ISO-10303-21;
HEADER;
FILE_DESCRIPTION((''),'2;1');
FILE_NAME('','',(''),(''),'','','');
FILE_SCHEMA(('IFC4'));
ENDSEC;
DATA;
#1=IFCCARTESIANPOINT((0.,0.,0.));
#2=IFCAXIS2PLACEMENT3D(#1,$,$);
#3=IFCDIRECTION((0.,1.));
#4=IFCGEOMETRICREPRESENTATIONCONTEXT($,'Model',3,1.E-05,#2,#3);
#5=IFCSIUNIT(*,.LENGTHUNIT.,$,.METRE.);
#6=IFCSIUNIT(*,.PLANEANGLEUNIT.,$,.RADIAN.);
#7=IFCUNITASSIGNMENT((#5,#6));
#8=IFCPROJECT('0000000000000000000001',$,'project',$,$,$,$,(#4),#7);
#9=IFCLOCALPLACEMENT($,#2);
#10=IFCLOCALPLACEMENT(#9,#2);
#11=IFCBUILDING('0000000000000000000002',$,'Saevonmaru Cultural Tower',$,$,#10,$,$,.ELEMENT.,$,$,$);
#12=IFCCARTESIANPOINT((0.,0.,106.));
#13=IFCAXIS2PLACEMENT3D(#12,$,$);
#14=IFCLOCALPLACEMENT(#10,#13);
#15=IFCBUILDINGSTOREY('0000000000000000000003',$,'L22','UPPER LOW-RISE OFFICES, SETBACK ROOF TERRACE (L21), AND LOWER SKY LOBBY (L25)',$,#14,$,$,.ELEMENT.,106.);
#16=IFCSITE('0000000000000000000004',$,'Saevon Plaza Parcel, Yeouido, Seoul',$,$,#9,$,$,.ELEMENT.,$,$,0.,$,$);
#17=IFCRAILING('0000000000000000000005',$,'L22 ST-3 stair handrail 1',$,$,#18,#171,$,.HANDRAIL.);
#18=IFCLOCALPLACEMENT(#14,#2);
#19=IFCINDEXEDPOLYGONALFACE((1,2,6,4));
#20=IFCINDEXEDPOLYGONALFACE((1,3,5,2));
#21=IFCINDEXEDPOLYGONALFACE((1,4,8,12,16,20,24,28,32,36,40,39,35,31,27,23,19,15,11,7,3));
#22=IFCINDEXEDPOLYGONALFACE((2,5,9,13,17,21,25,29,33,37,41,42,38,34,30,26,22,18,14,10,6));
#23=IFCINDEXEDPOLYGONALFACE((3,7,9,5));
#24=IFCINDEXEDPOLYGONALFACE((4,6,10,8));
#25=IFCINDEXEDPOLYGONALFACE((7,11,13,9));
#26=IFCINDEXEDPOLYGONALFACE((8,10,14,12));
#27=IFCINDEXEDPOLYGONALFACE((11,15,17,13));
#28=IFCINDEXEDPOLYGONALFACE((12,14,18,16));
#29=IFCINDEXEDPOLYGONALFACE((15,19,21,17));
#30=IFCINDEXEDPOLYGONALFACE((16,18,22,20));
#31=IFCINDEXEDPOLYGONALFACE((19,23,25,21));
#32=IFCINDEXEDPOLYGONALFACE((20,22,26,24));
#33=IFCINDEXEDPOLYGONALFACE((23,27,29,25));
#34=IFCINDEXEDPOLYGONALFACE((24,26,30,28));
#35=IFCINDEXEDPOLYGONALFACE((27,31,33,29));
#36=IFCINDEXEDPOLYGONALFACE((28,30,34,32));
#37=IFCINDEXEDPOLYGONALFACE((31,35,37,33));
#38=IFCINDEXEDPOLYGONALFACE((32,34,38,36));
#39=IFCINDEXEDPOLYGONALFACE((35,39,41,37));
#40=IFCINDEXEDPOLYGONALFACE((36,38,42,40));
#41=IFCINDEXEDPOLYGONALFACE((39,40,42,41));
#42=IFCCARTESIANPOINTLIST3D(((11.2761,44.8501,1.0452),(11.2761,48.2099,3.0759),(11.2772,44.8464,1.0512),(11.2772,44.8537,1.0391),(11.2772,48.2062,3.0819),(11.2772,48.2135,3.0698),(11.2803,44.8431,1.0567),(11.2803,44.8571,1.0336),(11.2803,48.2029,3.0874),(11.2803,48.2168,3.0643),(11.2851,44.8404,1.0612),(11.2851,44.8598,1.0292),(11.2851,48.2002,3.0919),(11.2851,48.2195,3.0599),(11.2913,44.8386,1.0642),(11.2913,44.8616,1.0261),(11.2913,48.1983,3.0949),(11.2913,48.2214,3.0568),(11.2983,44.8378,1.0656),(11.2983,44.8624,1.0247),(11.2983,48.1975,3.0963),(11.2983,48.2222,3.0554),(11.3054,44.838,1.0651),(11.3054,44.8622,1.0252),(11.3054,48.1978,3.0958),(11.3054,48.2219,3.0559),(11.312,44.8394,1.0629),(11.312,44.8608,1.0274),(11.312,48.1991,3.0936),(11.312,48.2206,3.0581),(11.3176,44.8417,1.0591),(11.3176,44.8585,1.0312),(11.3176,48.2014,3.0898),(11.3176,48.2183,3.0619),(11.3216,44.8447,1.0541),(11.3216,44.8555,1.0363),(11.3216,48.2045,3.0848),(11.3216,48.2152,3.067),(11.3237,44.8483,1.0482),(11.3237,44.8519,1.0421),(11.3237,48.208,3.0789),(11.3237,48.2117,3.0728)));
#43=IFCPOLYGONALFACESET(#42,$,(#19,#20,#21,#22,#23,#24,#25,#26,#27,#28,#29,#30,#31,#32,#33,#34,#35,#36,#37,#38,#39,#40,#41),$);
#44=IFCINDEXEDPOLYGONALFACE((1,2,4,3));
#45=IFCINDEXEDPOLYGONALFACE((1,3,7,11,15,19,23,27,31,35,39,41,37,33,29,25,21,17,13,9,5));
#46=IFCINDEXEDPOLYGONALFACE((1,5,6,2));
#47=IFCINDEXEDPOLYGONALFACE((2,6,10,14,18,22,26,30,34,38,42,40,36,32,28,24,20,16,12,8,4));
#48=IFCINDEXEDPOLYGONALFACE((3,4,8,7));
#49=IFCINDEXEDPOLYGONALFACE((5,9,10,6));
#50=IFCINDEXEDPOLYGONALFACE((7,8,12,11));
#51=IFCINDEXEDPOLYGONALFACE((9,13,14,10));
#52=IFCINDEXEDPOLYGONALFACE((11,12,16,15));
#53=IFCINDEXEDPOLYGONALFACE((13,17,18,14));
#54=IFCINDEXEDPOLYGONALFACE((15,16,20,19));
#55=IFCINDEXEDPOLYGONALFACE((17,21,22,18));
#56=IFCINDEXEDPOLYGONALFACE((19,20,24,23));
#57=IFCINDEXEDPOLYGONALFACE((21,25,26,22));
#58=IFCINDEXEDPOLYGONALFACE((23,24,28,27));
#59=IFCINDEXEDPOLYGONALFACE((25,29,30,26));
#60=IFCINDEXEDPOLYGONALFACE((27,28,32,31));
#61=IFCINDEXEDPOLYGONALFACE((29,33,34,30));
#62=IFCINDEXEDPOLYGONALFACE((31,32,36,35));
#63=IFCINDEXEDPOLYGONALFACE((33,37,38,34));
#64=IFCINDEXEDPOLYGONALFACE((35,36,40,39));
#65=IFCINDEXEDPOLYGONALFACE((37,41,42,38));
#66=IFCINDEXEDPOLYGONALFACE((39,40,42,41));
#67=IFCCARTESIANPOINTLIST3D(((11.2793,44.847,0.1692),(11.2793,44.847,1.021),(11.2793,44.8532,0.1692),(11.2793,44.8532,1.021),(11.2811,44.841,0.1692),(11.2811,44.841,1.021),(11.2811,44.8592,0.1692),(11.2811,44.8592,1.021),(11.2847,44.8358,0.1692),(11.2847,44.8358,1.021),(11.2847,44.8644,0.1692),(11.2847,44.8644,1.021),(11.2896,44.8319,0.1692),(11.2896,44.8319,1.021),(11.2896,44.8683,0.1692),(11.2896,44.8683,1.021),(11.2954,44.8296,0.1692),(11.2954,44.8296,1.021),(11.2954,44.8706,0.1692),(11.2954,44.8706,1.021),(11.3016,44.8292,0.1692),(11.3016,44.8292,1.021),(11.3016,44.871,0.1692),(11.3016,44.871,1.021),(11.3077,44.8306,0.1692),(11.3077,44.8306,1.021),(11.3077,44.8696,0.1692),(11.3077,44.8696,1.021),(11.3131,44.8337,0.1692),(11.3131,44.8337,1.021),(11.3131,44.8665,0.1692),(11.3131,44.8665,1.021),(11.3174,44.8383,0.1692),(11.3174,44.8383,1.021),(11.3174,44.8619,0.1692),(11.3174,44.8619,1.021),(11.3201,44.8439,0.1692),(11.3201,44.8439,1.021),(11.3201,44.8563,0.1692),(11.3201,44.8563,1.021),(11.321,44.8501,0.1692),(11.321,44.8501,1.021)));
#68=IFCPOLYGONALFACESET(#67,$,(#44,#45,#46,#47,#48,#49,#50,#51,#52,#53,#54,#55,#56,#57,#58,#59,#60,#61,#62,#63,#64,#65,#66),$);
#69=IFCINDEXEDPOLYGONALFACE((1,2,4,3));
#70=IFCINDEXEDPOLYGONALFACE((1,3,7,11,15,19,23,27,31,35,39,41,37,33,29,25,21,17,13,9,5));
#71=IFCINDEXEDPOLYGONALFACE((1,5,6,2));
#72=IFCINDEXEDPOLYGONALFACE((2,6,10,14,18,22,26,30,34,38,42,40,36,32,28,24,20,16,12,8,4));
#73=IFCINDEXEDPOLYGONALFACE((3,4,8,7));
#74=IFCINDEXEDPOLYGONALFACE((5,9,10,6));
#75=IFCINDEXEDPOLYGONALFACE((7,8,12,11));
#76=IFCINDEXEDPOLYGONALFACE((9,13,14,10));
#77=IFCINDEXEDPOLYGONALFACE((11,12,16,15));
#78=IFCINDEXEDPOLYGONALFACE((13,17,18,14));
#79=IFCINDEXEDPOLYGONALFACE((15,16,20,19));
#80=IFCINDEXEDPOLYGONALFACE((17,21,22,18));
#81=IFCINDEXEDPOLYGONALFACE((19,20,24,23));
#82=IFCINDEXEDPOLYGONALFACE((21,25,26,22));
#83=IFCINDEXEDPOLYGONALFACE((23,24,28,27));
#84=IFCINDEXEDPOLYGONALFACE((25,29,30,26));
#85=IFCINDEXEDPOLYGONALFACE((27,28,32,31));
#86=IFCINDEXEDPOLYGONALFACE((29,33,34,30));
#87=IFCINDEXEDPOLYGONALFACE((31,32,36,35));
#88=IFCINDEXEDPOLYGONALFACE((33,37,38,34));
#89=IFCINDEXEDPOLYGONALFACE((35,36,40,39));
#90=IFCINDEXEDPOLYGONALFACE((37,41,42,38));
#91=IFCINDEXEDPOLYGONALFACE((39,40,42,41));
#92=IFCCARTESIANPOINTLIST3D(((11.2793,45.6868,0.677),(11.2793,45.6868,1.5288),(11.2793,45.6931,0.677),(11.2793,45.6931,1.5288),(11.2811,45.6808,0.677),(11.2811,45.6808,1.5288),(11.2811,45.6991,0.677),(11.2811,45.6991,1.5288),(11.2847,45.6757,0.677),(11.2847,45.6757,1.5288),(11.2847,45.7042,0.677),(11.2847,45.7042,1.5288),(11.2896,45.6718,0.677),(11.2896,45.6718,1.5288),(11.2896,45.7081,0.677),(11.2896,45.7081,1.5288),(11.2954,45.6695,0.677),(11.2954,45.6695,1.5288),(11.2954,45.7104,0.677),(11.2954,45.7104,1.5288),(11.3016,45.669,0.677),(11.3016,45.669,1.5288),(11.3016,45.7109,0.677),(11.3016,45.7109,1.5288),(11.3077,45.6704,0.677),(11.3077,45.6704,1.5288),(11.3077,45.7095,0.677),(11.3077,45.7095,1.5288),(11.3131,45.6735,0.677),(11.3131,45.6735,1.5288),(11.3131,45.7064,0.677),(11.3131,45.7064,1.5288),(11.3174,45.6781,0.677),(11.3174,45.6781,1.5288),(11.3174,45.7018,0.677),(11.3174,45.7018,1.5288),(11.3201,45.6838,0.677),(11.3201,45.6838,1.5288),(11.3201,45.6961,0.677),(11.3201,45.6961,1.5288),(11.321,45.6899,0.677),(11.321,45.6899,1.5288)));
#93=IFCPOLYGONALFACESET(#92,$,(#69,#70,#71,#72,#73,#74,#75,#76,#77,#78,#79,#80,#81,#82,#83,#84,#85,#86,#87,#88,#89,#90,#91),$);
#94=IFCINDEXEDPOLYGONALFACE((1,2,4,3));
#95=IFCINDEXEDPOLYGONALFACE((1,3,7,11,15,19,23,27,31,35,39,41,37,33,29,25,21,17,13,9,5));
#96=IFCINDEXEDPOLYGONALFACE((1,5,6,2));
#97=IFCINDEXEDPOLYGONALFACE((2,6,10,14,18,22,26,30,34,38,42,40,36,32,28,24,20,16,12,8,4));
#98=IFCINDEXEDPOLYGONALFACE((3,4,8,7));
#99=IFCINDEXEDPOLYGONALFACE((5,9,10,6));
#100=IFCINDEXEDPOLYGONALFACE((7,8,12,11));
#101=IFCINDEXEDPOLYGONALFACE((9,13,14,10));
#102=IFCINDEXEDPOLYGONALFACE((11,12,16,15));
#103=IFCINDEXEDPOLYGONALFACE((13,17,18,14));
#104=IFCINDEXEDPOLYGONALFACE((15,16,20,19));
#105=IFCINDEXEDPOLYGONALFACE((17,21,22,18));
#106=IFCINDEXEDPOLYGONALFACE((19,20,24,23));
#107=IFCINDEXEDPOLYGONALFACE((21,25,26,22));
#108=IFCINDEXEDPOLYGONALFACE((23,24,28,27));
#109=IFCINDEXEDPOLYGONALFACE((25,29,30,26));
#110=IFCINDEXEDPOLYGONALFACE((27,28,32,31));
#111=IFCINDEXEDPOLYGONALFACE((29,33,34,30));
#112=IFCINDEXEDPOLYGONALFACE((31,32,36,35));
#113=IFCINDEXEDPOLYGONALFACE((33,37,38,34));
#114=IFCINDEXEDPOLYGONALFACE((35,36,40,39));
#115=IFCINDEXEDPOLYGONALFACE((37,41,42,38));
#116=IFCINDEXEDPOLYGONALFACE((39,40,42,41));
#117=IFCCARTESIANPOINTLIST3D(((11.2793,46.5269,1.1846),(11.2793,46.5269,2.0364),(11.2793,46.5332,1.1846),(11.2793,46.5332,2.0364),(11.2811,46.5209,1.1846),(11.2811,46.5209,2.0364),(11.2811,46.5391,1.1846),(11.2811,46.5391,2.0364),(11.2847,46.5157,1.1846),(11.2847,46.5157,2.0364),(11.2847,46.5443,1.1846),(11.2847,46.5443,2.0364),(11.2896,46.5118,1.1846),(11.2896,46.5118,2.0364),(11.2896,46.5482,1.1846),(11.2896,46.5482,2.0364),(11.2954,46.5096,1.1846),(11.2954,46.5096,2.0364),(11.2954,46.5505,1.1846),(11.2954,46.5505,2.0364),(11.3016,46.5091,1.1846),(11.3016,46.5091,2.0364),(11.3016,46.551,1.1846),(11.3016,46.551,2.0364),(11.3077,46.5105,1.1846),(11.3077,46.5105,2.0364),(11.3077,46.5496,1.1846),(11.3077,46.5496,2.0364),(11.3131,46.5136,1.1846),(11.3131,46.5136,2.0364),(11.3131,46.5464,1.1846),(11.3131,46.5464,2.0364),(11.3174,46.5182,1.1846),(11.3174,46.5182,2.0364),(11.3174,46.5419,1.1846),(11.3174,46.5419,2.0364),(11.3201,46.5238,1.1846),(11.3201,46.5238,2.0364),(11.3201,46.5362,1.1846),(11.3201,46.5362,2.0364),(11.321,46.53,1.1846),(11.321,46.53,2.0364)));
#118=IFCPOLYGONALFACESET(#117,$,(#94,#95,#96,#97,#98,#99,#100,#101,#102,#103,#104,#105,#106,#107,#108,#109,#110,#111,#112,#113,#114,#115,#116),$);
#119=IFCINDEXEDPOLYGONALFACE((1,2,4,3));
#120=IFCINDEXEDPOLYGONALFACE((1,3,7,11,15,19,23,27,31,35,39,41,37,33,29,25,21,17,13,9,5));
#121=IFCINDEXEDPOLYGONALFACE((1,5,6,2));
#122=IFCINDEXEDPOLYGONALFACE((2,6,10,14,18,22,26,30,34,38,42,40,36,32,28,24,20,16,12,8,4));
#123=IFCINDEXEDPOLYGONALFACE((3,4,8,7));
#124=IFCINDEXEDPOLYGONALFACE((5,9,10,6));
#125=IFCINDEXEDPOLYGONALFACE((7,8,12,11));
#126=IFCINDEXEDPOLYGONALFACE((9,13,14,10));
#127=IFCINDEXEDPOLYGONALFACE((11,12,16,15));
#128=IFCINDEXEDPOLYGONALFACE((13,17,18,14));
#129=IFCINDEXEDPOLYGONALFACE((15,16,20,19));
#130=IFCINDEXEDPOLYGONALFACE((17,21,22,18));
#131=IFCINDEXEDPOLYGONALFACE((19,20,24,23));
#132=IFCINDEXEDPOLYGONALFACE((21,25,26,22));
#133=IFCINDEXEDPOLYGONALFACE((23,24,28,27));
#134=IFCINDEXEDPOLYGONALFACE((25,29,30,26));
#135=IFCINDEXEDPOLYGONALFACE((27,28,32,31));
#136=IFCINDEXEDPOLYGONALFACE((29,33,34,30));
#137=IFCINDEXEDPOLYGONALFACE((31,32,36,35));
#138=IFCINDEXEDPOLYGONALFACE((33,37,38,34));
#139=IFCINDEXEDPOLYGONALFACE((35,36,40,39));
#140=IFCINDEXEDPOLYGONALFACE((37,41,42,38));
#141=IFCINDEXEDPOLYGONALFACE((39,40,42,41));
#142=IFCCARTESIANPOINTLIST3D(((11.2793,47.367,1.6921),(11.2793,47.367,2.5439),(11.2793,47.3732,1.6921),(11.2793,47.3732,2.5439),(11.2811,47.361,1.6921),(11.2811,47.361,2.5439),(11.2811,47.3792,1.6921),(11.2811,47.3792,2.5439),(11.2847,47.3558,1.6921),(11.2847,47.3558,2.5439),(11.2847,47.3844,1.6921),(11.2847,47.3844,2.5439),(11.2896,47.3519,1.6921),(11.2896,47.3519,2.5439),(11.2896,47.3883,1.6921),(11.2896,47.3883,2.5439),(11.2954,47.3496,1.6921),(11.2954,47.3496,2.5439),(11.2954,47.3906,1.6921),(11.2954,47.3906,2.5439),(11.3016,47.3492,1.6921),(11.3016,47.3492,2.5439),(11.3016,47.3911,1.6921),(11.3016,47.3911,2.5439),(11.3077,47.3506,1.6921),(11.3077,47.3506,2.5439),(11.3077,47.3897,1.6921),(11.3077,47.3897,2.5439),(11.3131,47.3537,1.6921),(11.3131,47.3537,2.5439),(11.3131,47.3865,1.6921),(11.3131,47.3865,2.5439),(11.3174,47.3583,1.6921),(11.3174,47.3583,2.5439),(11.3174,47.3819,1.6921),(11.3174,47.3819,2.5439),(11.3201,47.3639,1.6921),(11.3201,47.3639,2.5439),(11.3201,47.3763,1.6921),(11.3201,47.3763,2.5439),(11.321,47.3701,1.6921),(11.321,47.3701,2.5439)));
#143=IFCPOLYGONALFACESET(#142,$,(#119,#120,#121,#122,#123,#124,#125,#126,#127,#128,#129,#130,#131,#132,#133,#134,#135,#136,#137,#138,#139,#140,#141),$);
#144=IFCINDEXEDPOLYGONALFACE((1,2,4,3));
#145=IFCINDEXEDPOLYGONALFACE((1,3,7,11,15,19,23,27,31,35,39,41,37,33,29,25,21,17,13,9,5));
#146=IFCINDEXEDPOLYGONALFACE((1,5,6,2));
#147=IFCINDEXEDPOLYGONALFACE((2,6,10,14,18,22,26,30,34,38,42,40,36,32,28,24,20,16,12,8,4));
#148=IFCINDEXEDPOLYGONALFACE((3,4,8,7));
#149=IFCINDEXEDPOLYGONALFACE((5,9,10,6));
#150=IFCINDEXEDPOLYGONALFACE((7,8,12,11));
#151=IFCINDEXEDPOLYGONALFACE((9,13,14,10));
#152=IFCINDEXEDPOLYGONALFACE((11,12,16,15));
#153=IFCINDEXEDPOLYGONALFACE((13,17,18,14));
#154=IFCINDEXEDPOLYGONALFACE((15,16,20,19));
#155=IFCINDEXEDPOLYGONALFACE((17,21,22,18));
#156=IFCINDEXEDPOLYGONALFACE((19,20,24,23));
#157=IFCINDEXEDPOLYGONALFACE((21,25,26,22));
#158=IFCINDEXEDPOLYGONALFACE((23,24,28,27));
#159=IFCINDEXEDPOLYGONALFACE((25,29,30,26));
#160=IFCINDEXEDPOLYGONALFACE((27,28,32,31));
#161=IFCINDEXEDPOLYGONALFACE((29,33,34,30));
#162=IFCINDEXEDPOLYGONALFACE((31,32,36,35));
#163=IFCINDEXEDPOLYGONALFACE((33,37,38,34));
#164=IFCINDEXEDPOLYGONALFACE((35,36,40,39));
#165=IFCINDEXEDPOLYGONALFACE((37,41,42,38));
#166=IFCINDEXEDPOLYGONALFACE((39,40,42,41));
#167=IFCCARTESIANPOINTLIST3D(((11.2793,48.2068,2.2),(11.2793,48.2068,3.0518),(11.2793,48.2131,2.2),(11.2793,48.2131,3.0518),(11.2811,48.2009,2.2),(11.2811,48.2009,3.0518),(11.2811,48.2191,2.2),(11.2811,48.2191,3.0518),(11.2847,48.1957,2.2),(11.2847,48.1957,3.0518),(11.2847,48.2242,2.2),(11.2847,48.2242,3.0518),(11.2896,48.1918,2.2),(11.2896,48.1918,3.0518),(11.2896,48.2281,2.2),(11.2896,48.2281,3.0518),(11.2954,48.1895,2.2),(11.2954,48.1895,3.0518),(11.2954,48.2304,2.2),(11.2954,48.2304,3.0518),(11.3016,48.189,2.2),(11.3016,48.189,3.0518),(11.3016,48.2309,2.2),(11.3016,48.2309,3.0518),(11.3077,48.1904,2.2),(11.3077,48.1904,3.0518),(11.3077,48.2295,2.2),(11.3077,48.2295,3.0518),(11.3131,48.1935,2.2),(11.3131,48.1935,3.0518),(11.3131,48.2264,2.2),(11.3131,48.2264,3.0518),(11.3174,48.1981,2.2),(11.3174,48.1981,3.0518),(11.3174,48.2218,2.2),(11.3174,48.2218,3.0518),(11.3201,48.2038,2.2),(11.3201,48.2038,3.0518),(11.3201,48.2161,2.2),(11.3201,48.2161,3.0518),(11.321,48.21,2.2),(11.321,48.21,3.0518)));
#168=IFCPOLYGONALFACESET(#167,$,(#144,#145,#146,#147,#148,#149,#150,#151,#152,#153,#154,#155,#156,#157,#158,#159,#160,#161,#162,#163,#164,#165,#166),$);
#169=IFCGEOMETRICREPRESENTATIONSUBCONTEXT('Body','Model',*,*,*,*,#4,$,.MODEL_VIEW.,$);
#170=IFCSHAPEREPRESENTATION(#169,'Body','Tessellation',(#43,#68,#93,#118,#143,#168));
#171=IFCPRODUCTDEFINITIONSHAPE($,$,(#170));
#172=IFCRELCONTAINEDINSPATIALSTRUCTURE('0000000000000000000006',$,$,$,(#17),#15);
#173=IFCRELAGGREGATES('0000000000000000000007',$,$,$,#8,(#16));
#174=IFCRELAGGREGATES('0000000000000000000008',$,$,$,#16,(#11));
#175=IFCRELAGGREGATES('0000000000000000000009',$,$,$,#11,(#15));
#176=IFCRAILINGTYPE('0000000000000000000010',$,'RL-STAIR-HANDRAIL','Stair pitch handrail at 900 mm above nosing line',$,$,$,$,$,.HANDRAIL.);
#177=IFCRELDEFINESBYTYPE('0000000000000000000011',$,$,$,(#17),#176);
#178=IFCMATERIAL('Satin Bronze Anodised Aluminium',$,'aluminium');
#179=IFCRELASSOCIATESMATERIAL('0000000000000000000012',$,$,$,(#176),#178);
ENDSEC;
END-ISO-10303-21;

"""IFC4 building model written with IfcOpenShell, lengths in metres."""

from ifc_helpers import new_model, si_unit, direction, frame, origin, origin_2d, place, context, subcontext, project, spatial, circle, extrude, material, type_object, element, save


model = new_model("IFC4")

# Units and contexts
model_context = context("Model", 3, precision=1e-05, world=origin(), true_north=direction((0.0, 1.0)))
body_context = subcontext(model_context, "Body", "Model", "MODEL_VIEW")
ifc_project = project(units=[si_unit("LENGTHUNIT", "METRE"), si_unit("PLANEANGLEUNIT", "RADIAN")], contexts=[model_context])

# Site, building, storey
site_placement = place(None, origin())
site = spatial("IfcSite", under=ifc_project, at=site_placement, Name="Saevon Plaza Parcel, Yeouido, Seoul", CompositionType="ELEMENT", RefElevation=0.0)
building_placement = place(site_placement, origin())
building = spatial("IfcBuilding", under=site, at=building_placement, Name="Saevonmaru Cultural Tower", CompositionType="ELEMENT")
storey_placement = place(building_placement, frame((0.0, 0.0, 106.0)))
storey = spatial("IfcBuildingStorey", under=building, at=storey_placement, Name="L22", Description="UPPER LOW-RISE OFFICES, SETBACK ROOF TERRACE (L21), AND LOWER SKY LOBBY (L25)", CompositionType="ELEMENT", Elevation=106.0)

# Shared definitions
ifc_material_1 = material(Name="Satin Bronze Anodised Aluminium", Category="aluminium")

# Railing
railing_type_1 = type_object("IfcRailingType", Name="RL-STAIR-HANDRAIL", Description="Stair pitch handrail at 900 mm above nosing line", PredefinedType="HANDRAIL", material=ifc_material_1)
railing_1_placement = place(storey_placement, frame((11.3, 44.8501, 0.1692)))
element("IfcRailing", 1, at=railing_1_placement, inside=storey, type_object=railing_type_1, Name="L22 ST-3 stair handrail 1", PredefinedType="HANDRAIL", context=body_context, shape_type="SweptSolid", body=[
    extrude(circle(Radius=0.0239, at=origin_2d()), frame((0.0, 0.0, 0.876), z_axis=(0.0, 0.85582, 0.517273), x_axis=(-1.0, 0.0, 0.0)), (0.0, 0.0, 1.0), 3.9258),
    extrude(circle(Radius=0.021, at=origin_2d()), origin(), (0.0, 0.0, 1.0), 0.8518),
    extrude(circle(Radius=0.021, at=origin_2d()), frame((0.0, 0.8398, 0.5078)), (0.0, 0.0, 1.0), 0.8518),
    extrude(circle(Radius=0.021, at=origin_2d()), frame((0.0, 1.6799, 1.0154)), (0.0, 0.0, 1.0), 0.8518),
    extrude(circle(Radius=0.021, at=origin_2d()), frame((0.0, 2.52, 1.5229)), (0.0, 0.0, 1.0), 0.8518),
    extrude(circle(Radius=0.021, at=origin_2d()), frame((0.0, 3.3599, 2.0308)), (0.0, 0.0, 1.0), 0.8518),
])

save(model, "model.ifc")
